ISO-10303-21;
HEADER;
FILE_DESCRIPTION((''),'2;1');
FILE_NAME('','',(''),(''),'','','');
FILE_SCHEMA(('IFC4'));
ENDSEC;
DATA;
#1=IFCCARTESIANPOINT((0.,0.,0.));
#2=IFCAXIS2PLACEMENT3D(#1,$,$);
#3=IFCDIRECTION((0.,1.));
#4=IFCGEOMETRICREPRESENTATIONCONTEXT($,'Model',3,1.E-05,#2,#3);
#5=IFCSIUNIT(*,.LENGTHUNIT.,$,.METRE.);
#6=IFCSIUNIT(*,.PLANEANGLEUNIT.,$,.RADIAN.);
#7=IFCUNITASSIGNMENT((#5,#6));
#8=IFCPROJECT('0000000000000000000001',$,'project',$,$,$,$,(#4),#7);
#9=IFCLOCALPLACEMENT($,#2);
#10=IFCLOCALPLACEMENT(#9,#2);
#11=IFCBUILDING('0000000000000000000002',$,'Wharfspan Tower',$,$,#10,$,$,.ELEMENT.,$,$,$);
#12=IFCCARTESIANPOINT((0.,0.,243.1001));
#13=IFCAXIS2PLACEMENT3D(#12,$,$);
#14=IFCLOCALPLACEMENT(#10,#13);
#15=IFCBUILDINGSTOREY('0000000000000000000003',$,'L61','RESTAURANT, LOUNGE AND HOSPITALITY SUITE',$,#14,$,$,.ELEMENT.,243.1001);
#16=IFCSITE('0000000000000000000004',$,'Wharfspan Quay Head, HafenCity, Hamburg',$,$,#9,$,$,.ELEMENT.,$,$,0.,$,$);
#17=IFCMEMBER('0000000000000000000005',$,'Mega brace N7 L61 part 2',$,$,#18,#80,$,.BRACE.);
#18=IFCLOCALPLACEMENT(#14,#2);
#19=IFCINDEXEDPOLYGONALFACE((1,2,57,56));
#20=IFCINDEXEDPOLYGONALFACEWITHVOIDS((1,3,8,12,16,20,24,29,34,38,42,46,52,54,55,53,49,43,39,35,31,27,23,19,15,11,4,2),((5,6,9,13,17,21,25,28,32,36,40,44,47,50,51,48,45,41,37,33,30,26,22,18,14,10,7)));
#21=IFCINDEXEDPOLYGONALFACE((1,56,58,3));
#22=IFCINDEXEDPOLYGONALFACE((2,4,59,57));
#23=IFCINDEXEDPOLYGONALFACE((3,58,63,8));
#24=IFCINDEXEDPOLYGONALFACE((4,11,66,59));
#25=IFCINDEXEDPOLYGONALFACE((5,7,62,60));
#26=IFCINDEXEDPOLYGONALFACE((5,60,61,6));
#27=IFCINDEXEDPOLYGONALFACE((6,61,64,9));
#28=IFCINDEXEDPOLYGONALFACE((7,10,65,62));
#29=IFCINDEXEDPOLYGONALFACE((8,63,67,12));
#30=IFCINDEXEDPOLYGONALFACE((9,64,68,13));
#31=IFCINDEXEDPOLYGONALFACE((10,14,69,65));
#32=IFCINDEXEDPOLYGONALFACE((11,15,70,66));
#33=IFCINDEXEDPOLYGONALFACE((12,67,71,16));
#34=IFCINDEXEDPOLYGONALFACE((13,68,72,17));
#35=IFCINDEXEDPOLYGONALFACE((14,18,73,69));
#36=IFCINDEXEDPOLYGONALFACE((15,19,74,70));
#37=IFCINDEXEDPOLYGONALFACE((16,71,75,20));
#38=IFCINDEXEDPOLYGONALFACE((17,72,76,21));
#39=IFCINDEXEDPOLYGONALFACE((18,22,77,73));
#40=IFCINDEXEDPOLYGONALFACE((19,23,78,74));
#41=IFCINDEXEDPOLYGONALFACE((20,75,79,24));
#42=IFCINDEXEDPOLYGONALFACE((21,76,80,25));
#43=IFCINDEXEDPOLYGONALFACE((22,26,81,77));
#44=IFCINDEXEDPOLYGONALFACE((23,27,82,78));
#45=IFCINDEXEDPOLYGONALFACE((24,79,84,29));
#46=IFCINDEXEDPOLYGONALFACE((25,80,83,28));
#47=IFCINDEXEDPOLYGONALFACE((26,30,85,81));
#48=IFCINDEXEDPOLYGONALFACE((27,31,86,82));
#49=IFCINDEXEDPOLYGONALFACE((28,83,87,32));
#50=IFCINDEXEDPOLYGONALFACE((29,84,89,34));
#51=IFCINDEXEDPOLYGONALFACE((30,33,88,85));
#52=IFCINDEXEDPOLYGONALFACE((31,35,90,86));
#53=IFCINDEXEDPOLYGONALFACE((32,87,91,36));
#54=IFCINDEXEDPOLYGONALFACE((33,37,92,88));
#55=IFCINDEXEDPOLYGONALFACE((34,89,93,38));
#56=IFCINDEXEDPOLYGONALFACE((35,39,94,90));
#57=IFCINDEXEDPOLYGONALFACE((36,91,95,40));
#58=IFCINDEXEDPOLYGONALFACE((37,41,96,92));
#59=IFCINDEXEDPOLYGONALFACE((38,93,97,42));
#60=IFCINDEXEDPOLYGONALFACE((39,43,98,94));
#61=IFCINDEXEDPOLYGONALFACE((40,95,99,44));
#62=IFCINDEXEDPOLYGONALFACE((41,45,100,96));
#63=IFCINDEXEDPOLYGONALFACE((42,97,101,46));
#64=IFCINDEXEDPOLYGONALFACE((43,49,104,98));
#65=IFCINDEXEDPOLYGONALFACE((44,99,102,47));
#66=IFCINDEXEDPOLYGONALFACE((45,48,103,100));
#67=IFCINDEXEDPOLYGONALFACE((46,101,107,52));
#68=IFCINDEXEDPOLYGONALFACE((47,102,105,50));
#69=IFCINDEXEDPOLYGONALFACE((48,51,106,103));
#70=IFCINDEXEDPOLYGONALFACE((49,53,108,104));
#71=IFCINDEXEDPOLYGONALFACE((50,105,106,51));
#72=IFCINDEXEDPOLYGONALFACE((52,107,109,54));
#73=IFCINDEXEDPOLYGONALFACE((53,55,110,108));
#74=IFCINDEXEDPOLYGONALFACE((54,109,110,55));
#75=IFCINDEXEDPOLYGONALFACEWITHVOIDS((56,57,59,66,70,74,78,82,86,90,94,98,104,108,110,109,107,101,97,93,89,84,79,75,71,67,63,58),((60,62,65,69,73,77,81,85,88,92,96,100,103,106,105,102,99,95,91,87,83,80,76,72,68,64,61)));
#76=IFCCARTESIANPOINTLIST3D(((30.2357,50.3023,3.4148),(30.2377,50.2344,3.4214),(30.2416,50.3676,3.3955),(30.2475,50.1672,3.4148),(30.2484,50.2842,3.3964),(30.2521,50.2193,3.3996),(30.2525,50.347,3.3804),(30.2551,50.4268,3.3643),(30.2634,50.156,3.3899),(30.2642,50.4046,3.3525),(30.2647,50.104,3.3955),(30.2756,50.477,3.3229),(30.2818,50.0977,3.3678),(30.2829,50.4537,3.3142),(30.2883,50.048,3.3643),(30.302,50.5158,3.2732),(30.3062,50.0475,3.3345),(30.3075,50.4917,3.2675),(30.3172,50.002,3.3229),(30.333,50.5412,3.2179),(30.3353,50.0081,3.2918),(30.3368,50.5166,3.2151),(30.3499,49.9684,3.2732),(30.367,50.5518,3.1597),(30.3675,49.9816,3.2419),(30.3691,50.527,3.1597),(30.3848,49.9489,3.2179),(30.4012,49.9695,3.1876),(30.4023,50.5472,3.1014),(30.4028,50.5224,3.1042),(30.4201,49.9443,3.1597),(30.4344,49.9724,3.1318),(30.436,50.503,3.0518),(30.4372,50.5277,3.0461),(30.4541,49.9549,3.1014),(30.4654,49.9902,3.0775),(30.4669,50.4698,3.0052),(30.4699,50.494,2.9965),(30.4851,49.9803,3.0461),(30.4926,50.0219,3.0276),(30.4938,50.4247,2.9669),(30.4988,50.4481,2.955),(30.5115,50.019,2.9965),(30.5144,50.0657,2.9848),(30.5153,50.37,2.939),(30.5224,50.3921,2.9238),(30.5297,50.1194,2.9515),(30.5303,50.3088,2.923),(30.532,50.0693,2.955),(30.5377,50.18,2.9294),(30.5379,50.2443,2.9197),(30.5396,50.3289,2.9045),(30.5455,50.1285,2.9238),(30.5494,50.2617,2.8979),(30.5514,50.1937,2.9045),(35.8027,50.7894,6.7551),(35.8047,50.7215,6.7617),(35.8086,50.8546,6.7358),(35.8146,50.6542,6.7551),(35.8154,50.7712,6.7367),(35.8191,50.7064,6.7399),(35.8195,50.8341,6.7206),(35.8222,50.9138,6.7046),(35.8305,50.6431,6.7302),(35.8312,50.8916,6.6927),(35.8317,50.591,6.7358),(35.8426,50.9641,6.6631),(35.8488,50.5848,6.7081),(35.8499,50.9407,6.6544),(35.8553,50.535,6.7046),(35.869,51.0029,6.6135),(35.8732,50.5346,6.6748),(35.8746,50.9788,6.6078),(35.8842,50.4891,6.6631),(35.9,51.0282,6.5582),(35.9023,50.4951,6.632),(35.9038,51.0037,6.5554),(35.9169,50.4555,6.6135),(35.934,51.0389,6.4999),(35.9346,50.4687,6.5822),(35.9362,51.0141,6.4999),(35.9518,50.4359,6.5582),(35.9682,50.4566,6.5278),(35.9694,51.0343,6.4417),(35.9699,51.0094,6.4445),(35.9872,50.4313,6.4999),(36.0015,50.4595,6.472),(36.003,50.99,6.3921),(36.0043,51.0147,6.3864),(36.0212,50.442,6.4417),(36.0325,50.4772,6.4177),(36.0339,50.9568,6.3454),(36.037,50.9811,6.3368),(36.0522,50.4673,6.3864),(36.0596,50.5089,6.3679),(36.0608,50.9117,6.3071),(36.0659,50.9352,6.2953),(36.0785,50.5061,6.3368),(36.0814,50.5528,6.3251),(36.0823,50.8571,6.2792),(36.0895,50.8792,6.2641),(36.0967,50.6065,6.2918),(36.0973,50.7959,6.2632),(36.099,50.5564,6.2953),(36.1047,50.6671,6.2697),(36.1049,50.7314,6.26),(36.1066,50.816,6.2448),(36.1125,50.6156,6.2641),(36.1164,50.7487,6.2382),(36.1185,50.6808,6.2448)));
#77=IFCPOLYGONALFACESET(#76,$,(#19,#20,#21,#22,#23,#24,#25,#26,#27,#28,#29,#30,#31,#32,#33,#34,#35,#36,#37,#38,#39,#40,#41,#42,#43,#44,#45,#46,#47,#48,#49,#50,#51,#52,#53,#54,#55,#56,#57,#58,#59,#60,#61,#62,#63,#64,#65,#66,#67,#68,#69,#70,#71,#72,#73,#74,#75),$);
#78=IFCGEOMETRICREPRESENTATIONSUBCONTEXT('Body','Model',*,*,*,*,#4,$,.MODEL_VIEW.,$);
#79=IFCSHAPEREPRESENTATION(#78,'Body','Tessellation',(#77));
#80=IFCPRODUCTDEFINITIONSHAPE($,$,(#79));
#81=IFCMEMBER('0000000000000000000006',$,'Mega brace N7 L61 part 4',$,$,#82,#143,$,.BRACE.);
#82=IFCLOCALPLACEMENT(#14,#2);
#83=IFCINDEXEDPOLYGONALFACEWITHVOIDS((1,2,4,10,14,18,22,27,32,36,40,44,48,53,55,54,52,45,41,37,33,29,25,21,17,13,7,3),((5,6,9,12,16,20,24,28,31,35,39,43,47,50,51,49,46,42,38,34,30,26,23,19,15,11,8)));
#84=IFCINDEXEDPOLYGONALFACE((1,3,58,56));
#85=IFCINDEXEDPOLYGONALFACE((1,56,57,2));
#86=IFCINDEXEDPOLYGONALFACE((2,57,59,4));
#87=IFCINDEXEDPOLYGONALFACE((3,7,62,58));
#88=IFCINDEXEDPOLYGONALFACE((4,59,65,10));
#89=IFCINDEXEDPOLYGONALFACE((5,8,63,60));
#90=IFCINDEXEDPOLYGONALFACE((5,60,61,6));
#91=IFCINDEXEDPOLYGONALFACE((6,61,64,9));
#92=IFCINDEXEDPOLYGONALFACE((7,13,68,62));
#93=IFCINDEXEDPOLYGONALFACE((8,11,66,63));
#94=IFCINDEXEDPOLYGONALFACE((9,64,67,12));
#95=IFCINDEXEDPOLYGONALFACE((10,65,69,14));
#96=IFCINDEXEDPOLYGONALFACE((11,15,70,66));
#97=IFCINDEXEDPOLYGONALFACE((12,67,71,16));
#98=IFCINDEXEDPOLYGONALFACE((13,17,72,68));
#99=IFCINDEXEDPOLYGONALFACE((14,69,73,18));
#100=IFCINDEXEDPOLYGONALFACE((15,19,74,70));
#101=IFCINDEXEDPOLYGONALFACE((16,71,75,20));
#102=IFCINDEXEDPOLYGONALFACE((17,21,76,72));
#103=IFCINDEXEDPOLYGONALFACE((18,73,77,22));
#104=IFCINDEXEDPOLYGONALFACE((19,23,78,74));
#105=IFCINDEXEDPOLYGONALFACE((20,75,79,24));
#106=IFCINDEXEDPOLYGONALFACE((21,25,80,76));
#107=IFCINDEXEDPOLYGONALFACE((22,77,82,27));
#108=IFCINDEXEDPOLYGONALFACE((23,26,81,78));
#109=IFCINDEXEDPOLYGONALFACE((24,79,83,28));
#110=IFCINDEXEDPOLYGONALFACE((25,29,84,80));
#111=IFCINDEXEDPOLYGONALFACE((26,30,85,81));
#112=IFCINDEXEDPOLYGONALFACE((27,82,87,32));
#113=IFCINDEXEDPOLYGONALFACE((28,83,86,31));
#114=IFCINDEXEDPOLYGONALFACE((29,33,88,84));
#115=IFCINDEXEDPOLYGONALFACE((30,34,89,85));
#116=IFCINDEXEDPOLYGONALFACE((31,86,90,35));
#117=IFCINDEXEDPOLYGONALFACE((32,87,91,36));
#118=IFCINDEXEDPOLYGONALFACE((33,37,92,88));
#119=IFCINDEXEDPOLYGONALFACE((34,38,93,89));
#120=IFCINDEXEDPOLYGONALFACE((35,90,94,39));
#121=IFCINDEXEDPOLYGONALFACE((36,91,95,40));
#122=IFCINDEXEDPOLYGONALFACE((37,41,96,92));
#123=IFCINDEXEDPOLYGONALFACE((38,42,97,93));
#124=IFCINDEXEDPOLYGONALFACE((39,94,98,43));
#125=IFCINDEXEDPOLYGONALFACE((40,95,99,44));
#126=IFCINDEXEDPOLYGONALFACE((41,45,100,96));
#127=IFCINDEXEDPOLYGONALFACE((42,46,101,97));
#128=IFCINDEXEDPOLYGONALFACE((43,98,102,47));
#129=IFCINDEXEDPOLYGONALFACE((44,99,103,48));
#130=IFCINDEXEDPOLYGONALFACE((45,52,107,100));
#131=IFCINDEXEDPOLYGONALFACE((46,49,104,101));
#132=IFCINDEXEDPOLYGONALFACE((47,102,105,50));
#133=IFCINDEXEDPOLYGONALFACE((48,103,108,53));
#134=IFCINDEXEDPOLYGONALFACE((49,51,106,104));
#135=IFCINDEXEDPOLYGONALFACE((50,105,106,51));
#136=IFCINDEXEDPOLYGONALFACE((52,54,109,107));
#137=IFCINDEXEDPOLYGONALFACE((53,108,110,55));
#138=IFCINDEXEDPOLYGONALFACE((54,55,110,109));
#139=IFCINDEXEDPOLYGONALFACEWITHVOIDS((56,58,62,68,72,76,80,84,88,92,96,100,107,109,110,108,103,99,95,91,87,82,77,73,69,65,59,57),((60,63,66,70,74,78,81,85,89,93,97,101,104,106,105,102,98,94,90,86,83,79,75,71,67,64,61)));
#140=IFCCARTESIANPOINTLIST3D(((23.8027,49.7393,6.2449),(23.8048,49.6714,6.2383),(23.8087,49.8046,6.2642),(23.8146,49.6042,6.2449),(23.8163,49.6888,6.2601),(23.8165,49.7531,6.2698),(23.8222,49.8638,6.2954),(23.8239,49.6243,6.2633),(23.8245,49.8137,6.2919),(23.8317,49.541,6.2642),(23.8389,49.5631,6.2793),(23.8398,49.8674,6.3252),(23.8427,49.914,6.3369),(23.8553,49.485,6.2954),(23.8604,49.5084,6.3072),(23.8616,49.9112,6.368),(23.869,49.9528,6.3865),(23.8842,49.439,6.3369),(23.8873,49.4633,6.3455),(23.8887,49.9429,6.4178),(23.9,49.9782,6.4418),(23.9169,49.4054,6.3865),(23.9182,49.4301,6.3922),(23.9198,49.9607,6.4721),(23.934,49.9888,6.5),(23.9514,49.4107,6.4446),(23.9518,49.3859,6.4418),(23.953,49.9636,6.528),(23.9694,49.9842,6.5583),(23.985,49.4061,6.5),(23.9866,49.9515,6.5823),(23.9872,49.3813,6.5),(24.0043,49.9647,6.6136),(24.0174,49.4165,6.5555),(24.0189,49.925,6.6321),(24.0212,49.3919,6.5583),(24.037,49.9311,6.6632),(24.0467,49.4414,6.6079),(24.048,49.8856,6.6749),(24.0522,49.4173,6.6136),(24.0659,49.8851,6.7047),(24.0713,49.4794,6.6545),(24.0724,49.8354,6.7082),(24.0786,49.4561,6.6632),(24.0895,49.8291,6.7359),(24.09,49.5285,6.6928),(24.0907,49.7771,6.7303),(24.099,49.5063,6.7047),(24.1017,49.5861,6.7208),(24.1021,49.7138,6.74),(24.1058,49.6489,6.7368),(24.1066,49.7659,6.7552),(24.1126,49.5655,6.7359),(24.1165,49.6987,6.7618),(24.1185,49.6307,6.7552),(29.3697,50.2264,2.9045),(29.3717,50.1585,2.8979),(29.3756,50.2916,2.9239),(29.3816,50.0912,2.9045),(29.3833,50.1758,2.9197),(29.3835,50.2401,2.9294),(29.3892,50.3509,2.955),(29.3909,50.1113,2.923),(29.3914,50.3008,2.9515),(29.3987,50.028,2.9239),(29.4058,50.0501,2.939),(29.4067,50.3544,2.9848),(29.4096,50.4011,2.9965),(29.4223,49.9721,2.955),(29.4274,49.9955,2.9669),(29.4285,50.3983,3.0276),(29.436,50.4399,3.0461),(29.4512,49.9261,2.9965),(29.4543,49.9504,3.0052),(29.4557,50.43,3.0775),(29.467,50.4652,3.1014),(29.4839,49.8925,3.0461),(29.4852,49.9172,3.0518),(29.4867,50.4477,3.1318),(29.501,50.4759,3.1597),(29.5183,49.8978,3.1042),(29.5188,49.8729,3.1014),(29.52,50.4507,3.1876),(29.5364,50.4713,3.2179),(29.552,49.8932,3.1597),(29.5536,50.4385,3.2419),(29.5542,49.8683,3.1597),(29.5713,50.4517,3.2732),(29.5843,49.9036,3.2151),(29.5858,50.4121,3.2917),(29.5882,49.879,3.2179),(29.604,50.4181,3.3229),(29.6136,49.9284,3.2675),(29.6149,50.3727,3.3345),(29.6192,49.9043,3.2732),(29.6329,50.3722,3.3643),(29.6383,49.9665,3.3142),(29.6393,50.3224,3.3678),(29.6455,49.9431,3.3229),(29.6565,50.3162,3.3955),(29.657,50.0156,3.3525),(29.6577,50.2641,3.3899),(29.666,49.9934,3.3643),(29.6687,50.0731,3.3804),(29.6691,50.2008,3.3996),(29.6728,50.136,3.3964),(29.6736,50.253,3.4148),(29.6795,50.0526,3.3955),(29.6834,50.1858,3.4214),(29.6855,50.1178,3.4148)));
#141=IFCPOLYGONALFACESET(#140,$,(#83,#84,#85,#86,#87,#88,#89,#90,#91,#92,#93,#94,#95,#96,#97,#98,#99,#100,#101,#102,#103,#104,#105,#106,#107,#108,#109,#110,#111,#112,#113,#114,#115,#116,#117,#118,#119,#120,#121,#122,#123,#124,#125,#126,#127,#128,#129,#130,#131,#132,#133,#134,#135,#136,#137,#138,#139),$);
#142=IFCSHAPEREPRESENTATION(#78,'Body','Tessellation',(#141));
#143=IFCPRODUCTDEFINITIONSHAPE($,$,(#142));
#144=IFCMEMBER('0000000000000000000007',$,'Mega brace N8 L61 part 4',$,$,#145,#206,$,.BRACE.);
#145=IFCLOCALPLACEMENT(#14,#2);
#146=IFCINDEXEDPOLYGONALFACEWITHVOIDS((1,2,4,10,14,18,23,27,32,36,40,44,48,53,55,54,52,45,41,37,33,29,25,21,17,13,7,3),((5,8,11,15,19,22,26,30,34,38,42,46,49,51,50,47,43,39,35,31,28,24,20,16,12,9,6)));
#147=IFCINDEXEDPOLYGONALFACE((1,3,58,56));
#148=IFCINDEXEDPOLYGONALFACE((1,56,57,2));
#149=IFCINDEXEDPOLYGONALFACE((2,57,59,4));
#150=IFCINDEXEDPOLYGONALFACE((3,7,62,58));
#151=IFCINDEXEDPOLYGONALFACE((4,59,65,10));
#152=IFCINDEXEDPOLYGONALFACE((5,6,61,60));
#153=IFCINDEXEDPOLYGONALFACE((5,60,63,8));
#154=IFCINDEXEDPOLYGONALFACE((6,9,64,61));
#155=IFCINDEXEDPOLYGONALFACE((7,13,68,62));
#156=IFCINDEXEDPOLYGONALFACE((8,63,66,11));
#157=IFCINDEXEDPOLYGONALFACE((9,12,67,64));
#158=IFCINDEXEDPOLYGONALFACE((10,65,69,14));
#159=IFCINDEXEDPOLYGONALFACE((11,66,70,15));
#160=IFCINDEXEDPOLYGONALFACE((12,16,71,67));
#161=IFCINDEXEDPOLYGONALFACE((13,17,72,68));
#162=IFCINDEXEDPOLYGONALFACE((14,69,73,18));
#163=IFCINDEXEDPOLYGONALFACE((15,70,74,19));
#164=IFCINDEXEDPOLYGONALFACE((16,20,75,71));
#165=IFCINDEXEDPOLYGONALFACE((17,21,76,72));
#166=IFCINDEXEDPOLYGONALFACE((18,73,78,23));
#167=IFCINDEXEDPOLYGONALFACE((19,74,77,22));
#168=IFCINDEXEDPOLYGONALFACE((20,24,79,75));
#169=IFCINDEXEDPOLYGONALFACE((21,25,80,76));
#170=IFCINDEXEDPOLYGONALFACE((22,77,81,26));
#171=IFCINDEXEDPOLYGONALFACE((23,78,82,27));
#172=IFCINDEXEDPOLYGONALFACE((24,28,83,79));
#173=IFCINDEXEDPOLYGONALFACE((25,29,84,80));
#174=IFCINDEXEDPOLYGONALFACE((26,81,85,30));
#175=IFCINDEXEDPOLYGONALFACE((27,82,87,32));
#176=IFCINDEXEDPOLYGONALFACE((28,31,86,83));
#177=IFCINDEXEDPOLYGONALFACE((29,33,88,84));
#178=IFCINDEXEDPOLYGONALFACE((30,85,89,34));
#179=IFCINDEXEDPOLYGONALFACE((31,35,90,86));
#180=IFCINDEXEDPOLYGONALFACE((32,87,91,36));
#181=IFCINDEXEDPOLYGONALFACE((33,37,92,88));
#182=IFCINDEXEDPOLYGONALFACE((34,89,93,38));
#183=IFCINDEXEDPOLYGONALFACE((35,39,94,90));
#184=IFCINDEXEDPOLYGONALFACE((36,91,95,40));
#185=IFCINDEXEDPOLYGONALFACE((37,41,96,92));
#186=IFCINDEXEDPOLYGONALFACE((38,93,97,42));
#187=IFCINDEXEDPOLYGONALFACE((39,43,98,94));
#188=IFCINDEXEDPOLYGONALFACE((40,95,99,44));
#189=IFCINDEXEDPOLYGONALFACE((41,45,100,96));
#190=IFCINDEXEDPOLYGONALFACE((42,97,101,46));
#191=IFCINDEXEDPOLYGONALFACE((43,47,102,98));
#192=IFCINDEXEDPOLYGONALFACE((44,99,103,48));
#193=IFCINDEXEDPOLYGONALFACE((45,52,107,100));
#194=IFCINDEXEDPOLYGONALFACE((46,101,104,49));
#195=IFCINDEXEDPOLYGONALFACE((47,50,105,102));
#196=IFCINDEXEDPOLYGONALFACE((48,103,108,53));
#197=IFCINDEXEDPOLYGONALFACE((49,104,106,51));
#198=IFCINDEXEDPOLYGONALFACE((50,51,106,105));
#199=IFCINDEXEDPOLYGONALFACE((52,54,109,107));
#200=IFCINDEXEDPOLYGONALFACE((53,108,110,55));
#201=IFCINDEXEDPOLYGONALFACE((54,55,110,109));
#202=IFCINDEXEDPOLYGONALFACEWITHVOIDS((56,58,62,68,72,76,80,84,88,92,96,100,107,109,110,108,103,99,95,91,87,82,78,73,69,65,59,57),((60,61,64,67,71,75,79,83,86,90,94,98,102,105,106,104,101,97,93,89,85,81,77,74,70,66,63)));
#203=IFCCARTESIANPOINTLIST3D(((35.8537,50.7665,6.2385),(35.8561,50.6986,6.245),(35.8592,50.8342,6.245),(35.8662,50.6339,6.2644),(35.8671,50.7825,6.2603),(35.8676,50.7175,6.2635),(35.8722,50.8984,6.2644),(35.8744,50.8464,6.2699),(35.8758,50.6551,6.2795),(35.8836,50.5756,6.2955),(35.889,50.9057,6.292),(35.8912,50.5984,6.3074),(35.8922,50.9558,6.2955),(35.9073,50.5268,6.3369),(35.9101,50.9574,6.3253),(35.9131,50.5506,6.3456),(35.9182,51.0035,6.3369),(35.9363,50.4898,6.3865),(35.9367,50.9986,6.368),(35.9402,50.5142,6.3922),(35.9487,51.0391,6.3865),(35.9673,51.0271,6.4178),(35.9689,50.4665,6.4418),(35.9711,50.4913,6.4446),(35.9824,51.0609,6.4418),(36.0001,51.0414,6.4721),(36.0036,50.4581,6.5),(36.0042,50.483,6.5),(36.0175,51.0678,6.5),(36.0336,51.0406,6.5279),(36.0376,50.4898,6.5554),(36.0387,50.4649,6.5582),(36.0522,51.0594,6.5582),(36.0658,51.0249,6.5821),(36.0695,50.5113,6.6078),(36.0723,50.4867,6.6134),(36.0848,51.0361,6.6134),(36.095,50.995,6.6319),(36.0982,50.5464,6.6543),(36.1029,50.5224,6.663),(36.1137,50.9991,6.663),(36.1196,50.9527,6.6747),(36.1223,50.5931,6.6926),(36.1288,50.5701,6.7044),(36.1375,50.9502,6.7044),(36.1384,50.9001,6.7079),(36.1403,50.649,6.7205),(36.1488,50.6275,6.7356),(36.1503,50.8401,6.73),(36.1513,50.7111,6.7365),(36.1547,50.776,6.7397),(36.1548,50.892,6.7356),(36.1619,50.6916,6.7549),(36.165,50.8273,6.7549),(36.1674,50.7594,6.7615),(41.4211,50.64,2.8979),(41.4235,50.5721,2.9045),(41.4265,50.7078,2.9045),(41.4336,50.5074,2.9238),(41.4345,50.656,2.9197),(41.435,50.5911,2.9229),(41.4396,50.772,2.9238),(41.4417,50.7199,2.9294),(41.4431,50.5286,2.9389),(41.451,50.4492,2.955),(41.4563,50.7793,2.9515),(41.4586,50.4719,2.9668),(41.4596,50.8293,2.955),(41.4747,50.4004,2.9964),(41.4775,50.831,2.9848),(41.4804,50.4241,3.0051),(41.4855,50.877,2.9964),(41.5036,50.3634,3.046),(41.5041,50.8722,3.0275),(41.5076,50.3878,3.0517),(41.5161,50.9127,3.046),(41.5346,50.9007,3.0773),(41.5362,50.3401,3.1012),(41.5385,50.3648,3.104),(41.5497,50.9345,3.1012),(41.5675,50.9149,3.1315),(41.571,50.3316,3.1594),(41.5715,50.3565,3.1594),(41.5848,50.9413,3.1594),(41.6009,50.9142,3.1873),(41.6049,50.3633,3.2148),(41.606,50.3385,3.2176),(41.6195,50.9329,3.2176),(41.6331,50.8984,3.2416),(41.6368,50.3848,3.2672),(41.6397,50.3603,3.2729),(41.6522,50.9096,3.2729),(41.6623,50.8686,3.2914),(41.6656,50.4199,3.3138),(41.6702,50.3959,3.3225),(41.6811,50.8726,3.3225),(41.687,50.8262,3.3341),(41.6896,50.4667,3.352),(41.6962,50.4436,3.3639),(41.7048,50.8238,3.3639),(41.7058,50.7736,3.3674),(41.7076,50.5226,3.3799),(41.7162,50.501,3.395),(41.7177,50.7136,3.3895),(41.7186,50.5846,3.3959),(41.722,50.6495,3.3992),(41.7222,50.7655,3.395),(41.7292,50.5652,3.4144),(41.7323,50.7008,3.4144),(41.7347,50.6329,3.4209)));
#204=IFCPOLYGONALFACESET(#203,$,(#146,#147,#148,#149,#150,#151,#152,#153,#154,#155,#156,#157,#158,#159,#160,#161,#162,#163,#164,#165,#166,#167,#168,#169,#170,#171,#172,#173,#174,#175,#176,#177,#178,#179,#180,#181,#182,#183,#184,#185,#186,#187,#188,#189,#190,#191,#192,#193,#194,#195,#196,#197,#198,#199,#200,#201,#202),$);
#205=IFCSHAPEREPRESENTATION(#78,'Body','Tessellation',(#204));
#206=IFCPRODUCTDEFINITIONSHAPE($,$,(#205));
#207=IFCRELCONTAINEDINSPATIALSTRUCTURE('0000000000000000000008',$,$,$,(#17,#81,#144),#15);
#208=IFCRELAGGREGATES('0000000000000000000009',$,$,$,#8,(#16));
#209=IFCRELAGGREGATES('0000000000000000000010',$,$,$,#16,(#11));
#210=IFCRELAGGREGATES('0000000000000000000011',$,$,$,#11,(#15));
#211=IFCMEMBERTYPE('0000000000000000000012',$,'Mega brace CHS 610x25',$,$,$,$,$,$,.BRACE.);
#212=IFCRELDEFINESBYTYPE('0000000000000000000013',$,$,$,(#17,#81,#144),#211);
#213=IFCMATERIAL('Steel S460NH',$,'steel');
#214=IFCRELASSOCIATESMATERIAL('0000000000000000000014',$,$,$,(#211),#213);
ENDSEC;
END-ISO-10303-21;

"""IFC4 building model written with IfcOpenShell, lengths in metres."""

from ifc_helpers import new_model, si_unit, direction, frame, origin, origin_2d, place, context, subcontext, project, spatial, hollow_circle, extrude, material, material_profile, profile_set, type_object, element, save


model = new_model("IFC4")

# Units and contexts
model_context = context("Model", 3, precision=1e-05, world=origin(), true_north=direction((0.0, 1.0)))
body_context = subcontext(model_context, "Body", "Model", "MODEL_VIEW")
ifc_project = project(units=[si_unit("LENGTHUNIT", "METRE"), si_unit("PLANEANGLEUNIT", "RADIAN")], contexts=[model_context])

# Site, building, storey
site_placement = place(None, origin())
site = spatial("IfcSite", under=ifc_project, at=site_placement, Name="Wharfspan Quay Head, HafenCity, Hamburg", CompositionType="ELEMENT", RefElevation=0.0)
building_placement = place(site_placement, origin())
building = spatial("IfcBuilding", under=site, at=building_placement, Name="Wharfspan Tower", CompositionType="ELEMENT")
storey_placement = place(building_placement, frame((0.0, 0.0, 243.1001)))
storey = spatial("IfcBuildingStorey", under=building, at=storey_placement, Name="L61", Description="RESTAURANT, LOUNGE AND HOSPITALITY SUITE", CompositionType="ELEMENT", Elevation=243.1001)

# Members
ifc_material_1 = material(Name="Steel S460NH", Category="steel")
ifc_material_profile_1 = material_profile(ifc_material_1, hollow_circle(Radius=0.3049, WallThickness=0.0249, at=origin_2d()))
ifc_profile_set_1 = profile_set([ifc_material_profile_1], Name="Steel S460NH")
member_type = type_object("IfcMemberType", Name="Mega brace CHS 610x25", PredefinedType="BRACE", material=ifc_profile_set_1)
for number, where, z_axis, x_axis, name in (
    (1, (30.3936, 50.248, 3.1597), (0.855087, 0.07481, 0.51306), (-0.087154, 0.996194, -0.000002), "Mega brace N7 L61 part 2"),
    (2, (29.5276, 50.1721, 3.1597), (-0.855077, -0.074813, 0.513076), (0.087161, -0.996195, 0.000002), "Mega brace N7 L61 part 4"),
):
    element("IfcMember", number, at=place(storey_placement, frame(where, z_axis=z_axis, x_axis=x_axis)), inside=storey, type_object=member_type, Name=name, PredefinedType="BRACE", context=body_context, shape_type="SweptSolid", body=[
        extrude(hollow_circle(Radius=0.3049, WallThickness=0.0249, at=origin_2d()), origin(), (0.0, 0.0, 1.0), 6.5105),
    ])
member_placement = place(storey_placement, frame((41.5779, 50.6365, 3.1594), z_axis=(-0.85732, 0.019474, 0.514415), x_axis=(-0.022708, -0.999746, 0.000002)))
element("IfcMember", 3, at=member_placement, inside=storey, type_object=member_type, Name="Mega brace N8 L61 part 4", PredefinedType="BRACE", context=body_context, shape_type="SweptSolid", body=[
    extrude(hollow_circle(Radius=0.3049, WallThickness=0.0249, at=origin_2d()), origin(), (0.0, 0.0, 1.0), 6.4939),
])

save(model, "model.ifc")
